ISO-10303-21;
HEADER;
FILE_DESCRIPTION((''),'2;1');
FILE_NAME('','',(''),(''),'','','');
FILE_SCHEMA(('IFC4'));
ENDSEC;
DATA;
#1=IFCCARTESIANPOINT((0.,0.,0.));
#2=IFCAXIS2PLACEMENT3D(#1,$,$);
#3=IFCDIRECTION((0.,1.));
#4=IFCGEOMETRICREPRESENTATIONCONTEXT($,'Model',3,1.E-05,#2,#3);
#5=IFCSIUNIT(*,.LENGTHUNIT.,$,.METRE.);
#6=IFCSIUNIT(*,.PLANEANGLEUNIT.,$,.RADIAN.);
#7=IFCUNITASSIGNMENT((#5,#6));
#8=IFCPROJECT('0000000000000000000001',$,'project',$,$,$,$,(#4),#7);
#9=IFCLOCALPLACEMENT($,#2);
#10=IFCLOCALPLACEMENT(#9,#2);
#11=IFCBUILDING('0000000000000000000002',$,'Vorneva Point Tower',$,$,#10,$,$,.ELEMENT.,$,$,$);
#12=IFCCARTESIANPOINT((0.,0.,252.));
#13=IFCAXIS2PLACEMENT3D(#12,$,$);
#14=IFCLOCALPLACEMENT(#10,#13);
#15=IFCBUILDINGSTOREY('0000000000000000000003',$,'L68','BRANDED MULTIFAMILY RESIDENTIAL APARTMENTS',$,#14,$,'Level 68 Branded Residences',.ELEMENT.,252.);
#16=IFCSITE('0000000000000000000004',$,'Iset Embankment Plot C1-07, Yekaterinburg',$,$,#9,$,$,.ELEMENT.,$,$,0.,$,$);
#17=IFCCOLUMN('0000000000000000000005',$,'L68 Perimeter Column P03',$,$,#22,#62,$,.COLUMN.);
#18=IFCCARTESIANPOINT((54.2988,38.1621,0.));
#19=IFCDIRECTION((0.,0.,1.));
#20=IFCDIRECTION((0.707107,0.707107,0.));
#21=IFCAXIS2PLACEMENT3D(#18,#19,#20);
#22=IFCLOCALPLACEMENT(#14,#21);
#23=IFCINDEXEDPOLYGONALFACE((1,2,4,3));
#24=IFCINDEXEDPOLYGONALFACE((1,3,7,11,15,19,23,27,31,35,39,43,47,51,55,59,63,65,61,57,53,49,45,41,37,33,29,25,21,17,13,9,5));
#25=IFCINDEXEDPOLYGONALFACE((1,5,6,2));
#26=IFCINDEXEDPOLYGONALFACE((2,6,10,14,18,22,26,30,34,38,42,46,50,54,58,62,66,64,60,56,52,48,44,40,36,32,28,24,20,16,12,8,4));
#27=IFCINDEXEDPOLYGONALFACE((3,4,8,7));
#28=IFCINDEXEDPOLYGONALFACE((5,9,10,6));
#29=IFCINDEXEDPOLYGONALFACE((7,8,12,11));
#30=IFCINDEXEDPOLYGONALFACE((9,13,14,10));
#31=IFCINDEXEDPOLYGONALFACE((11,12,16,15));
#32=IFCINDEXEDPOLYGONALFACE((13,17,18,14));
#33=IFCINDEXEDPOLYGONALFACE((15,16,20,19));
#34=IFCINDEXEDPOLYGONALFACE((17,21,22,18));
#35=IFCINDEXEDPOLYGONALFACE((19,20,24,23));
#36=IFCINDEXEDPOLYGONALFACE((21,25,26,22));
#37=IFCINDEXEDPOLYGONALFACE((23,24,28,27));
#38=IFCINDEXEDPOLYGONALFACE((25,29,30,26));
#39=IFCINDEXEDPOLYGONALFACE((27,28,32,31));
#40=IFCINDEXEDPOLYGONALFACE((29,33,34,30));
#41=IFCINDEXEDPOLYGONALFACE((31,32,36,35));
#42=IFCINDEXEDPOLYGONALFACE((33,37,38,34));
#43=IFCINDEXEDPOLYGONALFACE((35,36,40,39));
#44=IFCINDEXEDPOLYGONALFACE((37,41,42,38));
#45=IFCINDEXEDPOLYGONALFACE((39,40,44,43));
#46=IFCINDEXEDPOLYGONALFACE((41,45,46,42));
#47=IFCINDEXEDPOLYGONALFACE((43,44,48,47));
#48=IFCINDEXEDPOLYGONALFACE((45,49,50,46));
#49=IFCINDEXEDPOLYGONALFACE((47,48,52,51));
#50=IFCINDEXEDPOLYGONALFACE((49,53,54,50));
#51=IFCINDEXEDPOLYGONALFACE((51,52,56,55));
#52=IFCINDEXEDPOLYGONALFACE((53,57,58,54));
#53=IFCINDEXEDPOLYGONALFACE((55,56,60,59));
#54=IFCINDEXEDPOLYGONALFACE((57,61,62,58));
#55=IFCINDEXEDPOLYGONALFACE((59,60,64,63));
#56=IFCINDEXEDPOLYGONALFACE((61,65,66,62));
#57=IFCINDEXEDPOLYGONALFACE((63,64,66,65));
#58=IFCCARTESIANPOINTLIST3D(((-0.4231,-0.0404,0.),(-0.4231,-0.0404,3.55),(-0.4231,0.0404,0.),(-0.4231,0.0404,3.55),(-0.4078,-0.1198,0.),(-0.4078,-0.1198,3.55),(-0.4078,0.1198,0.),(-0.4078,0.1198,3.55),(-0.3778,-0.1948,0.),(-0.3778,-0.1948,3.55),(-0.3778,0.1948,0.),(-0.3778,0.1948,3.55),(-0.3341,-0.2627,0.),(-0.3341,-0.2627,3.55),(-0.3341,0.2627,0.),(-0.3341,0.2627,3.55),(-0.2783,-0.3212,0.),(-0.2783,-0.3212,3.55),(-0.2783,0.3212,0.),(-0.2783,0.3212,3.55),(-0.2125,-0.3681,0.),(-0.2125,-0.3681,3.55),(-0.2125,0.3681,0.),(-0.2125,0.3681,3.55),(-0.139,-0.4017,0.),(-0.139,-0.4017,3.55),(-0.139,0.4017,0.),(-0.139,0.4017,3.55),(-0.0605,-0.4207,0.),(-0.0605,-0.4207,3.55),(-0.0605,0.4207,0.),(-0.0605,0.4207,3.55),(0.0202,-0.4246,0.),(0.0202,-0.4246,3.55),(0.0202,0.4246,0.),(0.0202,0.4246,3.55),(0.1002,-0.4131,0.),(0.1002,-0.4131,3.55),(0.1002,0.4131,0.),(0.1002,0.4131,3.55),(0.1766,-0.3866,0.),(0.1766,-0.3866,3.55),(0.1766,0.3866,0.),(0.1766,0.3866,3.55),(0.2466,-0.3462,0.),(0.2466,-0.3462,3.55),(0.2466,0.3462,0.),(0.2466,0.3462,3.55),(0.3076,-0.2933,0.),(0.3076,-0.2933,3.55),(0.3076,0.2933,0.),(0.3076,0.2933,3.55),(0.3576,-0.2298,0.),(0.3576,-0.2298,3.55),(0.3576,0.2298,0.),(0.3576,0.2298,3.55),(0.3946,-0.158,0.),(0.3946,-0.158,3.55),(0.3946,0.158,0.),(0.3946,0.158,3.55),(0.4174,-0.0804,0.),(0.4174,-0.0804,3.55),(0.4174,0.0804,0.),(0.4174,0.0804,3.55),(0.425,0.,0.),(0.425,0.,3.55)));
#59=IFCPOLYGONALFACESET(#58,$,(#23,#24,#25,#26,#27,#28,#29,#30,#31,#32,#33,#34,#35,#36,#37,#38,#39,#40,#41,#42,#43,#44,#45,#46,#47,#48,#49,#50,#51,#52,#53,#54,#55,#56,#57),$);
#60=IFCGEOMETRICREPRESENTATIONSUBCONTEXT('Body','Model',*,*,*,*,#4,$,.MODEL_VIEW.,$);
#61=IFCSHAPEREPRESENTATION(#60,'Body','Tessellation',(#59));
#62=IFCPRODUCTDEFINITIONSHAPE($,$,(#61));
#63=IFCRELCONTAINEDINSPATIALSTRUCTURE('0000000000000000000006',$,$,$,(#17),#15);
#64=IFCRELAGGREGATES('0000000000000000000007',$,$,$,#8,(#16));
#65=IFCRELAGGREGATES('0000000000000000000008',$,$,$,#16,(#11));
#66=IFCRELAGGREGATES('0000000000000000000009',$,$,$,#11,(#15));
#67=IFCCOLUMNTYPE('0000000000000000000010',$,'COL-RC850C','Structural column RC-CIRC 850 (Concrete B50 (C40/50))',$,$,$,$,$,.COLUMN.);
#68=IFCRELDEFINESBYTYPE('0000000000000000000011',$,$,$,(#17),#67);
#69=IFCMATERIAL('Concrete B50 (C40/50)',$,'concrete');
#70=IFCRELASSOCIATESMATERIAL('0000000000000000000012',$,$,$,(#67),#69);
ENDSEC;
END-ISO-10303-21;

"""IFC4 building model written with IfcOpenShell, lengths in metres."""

from ifc_helpers import new_model, si_unit, direction, frame, origin, origin_2d, place, context, subcontext, project, spatial, circle, extrude, material, material_profile, profile_set, type_object, element, save


model = new_model("IFC4")

# Units and contexts
model_context = context("Model", 3, precision=1e-05, world=origin(), true_north=direction((0.0, 1.0)))
body_context = subcontext(model_context, "Body", "Model", "MODEL_VIEW")
ifc_project = project(units=[si_unit("LENGTHUNIT", "METRE"), si_unit("PLANEANGLEUNIT", "RADIAN")], contexts=[model_context])

# Site, building, storey
site_placement = place(None, origin())
site = spatial("IfcSite", under=ifc_project, at=site_placement, Name="Iset Embankment Plot C1-07, Yekaterinburg", CompositionType="ELEMENT", RefElevation=0.0)
building_placement = place(site_placement, origin())
building = spatial("IfcBuilding", under=site, at=building_placement, Name="Vorneva Point Tower", CompositionType="ELEMENT")
storey_placement = place(building_placement, frame((0.0, 0.0, 252.0)))
storey = spatial("IfcBuildingStorey", under=building, at=storey_placement, Name="L68", Description="BRANDED MULTIFAMILY RESIDENTIAL APARTMENTS", LongName="Level 68 Branded Residences", CompositionType="ELEMENT", Elevation=252.0)

# Column
ifc_material_1 = material(Name="Concrete B50 (C40/50)", Category="concrete")
ifc_material_profile_1 = material_profile(ifc_material_1, circle(Radius=0.425, at=origin_2d()), Name="RC-CIRC 850")
ifc_profile_set_1 = profile_set([ifc_material_profile_1], Name="Concrete B50 (C40/50)")
column_type_1 = type_object("IfcColumnType", Name="COL-RC850C", Description="Structural column RC-CIRC 850 (Concrete B50 (C40/50))", PredefinedType="COLUMN", material=ifc_profile_set_1)
column_1_placement = place(storey_placement, frame((54.2988, 38.1621, 0.0), z_axis=(0.0, 0.0, 1.0), x_axis=(0.707107, 0.707107, 0.0)))
element("IfcColumn", 1, at=column_1_placement, inside=storey, type_object=column_type_1, Name="L68 Perimeter Column P03", PredefinedType="COLUMN", context=body_context, shape_type="SweptSolid", body=[
    extrude(circle(Radius=0.425, at=origin_2d()), origin(), (0.0, 0.0, 1.0), 3.55),
])

save(model, "model.ifc")
